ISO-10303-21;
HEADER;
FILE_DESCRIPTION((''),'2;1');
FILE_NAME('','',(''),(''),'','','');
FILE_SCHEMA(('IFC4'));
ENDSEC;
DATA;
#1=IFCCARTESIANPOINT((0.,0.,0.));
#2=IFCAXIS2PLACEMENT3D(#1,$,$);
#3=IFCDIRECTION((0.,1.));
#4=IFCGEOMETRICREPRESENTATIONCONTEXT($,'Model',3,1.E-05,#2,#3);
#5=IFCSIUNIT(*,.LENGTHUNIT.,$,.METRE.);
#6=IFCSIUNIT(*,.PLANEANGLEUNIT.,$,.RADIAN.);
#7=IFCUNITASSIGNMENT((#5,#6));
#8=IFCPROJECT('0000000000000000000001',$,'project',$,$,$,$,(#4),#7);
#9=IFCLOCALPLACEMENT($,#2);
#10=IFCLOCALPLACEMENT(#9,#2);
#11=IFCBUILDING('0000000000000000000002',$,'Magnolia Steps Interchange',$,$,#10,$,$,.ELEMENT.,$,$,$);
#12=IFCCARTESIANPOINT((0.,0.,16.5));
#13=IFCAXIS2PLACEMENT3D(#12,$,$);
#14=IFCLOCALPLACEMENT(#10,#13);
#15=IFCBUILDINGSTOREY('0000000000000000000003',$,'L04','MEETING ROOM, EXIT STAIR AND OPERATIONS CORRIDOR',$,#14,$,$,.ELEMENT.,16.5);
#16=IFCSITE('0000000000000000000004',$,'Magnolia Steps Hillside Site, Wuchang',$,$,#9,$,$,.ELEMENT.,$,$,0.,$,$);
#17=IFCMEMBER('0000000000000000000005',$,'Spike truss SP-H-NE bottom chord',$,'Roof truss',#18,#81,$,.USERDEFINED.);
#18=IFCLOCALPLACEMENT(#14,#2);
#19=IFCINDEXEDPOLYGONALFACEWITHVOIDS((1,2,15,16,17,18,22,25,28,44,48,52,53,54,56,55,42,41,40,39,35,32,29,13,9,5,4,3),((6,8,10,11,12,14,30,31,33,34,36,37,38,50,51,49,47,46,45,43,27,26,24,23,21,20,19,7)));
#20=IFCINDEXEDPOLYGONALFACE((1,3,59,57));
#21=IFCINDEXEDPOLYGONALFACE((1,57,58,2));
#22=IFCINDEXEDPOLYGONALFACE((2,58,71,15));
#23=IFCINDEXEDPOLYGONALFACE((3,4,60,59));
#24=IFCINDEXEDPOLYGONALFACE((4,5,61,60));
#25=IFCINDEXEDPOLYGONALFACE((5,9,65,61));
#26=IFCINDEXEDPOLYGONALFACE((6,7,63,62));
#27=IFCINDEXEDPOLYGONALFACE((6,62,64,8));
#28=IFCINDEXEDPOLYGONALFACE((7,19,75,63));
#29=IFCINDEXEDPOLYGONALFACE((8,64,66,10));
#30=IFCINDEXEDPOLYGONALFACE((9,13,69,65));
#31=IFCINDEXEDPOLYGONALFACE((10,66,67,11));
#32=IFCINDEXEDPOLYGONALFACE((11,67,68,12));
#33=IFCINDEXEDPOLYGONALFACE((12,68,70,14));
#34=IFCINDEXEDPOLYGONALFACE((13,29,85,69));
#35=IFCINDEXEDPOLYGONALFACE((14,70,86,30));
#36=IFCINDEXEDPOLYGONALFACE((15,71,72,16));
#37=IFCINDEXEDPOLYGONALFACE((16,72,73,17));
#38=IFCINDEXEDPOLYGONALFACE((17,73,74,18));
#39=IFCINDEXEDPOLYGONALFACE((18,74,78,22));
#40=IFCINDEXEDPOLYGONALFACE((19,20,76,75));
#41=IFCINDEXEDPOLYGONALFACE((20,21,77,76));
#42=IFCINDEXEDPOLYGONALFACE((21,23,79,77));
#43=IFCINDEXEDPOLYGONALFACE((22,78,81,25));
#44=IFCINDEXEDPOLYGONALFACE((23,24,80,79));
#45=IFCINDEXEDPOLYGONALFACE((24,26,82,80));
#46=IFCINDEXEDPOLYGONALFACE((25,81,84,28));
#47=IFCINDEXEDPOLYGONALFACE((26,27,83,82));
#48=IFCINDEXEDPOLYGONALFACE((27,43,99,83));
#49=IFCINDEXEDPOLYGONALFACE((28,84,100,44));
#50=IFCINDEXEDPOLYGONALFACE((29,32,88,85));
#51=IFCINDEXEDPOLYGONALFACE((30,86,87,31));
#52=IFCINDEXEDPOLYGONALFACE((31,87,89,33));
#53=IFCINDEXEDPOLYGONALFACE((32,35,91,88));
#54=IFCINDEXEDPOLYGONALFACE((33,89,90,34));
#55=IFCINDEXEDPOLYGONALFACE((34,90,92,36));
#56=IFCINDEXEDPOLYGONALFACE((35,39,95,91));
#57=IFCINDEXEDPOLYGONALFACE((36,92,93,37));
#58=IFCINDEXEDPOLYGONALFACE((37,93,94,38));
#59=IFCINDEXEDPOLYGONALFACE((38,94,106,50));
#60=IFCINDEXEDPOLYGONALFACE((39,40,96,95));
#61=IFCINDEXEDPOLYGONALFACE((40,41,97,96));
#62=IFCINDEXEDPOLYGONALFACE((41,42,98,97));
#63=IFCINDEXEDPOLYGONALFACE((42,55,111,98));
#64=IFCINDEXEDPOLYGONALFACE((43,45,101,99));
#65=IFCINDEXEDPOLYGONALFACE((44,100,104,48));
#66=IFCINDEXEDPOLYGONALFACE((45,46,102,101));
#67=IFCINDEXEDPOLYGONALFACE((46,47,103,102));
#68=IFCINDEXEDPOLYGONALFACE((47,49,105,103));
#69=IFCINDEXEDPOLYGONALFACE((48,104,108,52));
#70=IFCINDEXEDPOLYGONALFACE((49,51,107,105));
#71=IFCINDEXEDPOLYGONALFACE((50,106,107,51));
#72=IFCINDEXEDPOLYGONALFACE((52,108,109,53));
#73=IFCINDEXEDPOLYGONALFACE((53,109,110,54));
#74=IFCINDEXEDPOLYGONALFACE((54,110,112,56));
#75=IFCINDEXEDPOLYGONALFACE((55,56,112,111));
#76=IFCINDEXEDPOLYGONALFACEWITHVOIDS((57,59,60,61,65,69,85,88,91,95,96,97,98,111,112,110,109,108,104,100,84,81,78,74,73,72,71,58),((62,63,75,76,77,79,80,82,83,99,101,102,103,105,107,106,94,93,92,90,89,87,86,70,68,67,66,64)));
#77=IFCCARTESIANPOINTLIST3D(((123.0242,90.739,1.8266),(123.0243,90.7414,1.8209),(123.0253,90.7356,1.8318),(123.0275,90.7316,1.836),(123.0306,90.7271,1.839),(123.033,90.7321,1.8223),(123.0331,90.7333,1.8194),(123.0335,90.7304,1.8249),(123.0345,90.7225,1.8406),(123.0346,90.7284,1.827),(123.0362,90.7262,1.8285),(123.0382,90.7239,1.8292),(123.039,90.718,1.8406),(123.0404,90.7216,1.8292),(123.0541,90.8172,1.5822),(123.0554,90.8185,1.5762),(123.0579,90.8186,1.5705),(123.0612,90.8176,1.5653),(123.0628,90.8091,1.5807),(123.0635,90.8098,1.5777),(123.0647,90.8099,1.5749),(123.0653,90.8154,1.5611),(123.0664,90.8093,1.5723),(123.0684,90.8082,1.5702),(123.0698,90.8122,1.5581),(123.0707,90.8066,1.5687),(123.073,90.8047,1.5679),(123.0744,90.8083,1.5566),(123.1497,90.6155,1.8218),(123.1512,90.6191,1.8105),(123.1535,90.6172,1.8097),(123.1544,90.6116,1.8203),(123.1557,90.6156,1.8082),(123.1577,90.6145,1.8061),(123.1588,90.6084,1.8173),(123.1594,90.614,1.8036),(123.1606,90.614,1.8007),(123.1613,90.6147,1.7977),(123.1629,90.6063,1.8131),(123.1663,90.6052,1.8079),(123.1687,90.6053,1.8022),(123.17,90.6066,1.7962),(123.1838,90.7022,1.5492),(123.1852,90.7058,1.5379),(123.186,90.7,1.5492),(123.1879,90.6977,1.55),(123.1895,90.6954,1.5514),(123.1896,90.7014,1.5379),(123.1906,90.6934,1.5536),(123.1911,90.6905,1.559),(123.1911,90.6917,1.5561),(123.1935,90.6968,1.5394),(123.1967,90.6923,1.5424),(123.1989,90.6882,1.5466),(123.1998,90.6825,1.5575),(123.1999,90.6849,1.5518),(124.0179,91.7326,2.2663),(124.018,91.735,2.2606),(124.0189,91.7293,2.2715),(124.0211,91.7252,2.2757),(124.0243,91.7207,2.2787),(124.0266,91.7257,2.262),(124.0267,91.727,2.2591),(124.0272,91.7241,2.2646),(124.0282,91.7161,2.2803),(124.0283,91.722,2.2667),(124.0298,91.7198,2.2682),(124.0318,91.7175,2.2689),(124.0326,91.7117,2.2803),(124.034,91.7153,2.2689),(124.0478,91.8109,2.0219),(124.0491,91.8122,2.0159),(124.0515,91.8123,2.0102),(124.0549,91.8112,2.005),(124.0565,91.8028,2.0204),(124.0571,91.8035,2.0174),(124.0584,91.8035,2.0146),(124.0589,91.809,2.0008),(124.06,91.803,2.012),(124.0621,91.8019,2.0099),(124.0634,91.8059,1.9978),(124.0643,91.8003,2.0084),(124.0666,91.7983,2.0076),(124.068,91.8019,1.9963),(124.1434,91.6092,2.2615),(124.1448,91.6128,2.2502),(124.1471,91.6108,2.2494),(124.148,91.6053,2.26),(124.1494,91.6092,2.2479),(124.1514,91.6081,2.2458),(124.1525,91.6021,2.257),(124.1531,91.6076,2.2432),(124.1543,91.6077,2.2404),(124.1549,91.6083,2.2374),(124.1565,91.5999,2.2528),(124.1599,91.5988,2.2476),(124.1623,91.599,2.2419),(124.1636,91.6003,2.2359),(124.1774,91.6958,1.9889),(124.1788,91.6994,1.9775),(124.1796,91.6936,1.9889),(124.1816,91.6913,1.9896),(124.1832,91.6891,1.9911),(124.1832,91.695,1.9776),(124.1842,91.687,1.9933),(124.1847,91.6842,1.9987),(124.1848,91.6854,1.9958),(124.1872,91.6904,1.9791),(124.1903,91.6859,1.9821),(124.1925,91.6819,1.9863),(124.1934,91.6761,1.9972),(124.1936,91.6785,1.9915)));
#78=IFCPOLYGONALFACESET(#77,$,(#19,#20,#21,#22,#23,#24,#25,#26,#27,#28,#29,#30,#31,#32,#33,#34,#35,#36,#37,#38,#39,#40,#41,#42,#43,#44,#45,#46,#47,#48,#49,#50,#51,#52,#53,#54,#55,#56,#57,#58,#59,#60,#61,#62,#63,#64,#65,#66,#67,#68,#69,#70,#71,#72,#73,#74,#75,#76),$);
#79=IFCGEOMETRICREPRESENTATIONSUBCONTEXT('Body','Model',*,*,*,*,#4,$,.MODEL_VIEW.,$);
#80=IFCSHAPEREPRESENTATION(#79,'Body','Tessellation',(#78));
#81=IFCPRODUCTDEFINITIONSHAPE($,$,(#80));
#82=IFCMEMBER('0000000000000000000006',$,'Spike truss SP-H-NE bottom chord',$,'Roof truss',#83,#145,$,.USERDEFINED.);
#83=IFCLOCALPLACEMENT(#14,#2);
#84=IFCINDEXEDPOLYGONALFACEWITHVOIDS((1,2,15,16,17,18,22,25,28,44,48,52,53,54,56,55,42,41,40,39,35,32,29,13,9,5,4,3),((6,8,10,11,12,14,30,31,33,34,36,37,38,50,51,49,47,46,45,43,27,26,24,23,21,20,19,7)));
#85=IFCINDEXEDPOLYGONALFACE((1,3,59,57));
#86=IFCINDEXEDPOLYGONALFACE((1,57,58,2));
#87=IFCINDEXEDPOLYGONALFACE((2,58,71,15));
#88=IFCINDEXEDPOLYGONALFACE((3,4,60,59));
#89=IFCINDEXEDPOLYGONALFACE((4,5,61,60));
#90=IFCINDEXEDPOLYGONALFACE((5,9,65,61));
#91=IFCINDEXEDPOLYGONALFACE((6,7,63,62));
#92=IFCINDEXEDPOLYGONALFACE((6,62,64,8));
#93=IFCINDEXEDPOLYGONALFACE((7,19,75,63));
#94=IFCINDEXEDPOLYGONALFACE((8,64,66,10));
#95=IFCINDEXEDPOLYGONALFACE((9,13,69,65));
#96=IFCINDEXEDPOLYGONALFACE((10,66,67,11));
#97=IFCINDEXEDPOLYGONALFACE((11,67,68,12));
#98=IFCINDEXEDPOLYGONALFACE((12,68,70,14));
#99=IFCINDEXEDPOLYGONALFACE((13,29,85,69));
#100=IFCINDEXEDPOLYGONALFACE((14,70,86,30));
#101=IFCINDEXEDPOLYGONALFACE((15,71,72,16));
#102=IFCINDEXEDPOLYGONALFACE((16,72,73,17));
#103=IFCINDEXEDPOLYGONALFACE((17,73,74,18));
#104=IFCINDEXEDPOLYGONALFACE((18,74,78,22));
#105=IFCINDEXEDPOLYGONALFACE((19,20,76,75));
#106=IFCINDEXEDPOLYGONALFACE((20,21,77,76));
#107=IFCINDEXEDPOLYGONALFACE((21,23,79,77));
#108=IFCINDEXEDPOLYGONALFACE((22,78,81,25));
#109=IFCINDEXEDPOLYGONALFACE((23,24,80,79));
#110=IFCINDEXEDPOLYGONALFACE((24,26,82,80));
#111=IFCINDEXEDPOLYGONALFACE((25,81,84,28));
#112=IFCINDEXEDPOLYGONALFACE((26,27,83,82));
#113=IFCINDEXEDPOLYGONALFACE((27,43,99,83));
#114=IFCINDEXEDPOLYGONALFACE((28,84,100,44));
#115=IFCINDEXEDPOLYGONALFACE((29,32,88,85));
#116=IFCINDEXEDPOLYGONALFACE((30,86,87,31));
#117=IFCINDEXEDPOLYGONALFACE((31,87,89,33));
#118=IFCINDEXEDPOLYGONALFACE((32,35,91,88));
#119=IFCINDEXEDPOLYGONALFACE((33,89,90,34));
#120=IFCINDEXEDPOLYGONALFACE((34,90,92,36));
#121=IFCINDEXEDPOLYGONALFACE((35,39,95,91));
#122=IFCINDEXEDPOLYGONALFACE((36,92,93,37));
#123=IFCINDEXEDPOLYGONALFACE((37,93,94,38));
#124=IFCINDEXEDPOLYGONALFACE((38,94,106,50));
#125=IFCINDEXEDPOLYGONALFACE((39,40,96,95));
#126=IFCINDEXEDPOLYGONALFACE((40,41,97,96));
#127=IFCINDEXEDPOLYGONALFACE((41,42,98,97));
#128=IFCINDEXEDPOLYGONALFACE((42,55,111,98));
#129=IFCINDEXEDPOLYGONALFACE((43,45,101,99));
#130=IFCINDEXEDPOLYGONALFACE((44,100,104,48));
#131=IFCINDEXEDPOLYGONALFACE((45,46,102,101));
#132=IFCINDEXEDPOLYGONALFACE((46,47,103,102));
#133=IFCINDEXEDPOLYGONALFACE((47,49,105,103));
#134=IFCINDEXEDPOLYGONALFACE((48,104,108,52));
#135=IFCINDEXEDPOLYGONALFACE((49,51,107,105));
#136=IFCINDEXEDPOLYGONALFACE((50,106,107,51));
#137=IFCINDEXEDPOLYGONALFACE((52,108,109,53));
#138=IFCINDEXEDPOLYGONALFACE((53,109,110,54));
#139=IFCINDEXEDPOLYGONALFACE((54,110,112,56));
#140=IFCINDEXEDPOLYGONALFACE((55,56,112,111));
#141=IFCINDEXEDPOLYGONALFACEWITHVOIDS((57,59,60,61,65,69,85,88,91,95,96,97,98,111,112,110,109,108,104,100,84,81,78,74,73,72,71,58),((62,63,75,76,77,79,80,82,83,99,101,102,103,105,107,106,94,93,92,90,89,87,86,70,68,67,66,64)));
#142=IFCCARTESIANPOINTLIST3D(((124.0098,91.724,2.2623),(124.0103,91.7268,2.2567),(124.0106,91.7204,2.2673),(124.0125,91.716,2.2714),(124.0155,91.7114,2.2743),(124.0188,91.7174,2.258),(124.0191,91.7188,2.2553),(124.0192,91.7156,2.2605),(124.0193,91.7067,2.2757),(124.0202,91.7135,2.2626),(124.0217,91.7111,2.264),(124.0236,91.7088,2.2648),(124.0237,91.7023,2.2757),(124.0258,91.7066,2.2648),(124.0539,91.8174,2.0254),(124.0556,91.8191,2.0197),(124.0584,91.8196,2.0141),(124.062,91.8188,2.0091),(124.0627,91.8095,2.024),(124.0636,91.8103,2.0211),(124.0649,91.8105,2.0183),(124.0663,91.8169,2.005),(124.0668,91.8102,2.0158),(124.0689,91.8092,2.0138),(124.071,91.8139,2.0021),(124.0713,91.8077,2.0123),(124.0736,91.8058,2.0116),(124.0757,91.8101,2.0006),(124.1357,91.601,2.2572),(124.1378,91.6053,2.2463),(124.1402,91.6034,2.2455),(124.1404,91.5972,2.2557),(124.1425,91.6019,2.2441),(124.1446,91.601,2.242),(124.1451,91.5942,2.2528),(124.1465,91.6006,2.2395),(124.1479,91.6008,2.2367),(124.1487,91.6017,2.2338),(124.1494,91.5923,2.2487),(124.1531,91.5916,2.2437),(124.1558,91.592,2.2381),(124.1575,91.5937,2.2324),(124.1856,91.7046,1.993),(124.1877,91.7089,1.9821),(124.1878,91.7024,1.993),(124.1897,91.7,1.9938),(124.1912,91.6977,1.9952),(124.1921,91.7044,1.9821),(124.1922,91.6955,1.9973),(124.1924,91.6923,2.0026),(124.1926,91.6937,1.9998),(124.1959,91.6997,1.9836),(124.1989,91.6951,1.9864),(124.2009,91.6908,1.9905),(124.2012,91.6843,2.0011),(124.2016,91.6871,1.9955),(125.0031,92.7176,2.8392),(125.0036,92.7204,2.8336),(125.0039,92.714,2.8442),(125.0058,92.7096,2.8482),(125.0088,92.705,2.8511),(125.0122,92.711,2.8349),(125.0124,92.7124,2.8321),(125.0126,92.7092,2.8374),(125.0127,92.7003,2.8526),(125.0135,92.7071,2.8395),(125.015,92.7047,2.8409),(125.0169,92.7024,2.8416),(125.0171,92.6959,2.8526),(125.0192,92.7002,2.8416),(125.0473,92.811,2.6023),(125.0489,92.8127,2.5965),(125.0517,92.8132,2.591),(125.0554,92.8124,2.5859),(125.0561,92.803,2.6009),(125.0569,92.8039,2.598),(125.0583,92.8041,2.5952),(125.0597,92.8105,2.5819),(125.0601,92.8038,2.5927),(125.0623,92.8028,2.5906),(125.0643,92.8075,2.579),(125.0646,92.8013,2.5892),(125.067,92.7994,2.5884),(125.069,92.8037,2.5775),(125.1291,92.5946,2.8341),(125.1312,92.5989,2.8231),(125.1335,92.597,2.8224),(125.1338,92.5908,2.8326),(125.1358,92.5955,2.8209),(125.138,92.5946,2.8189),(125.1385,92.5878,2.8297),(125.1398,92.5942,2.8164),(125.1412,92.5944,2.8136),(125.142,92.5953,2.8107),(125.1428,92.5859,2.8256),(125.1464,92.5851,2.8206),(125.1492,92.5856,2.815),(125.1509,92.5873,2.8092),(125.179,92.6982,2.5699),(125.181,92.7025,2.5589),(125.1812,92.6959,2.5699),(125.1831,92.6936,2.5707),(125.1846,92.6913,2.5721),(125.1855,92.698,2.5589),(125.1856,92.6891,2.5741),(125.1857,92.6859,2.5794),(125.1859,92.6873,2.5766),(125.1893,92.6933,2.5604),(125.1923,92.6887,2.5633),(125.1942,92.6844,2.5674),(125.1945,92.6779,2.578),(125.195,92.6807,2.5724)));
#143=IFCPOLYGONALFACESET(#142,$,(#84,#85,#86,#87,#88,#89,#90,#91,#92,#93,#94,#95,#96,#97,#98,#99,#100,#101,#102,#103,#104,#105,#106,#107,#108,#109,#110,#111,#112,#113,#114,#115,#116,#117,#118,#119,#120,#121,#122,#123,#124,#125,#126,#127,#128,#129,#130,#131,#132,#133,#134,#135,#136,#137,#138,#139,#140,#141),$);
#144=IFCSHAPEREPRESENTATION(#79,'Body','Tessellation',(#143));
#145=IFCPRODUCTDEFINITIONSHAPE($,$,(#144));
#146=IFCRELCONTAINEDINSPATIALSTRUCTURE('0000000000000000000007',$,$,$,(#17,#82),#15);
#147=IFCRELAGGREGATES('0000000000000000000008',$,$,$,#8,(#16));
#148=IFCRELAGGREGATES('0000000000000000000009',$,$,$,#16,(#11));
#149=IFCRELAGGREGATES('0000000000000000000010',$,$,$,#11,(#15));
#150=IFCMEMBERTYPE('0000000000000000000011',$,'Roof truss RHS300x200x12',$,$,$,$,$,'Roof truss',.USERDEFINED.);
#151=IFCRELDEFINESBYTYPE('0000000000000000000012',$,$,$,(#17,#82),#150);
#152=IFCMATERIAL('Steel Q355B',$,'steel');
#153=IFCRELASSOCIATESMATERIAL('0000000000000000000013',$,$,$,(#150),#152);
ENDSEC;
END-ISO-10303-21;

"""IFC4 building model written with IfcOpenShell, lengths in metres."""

from ifc_helpers import new_model, si_unit, direction, frame, origin, origin_2d, place, context, subcontext, project, spatial, hollow_rectangle, extrude, material, material_profile, profile_set, type_object, element, save


model = new_model("IFC4")

# Units and contexts
model_context = context("Model", 3, precision=1e-05, world=origin(), true_north=direction((0.0, 1.0)))
body_context = subcontext(model_context, "Body", "Model", "MODEL_VIEW")
ifc_project = project(units=[si_unit("LENGTHUNIT", "METRE"), si_unit("PLANEANGLEUNIT", "RADIAN")], contexts=[model_context])

# Site, building, storey
site_placement = place(None, origin())
site = spatial("IfcSite", under=ifc_project, at=site_placement, Name="Magnolia Steps Hillside Site, Wuchang", CompositionType="ELEMENT", RefElevation=0.0)
building_placement = place(site_placement, origin())
building = spatial("IfcBuilding", under=site, at=building_placement, Name="Magnolia Steps Interchange", CompositionType="ELEMENT")
storey_placement = place(building_placement, frame((0.0, 0.0, 16.5)))
storey = spatial("IfcBuildingStorey", under=building, at=storey_placement, Name="L04", Description="MEETING ROOM, EXIT STAIR AND OPERATIONS CORRIDOR", CompositionType="ELEMENT", Elevation=16.5)

# Members
ifc_material_1 = material(Name="Steel Q355B", Category="steel")
ifc_material_profile_1 = material_profile(ifc_material_1, hollow_rectangle(XDim=0.2, YDim=0.3, WallThickness=0.012, InnerFilletRadius=0.012, OuterFilletRadius=0.0239, at=origin_2d()), Name="RHS300x200x12")
ifc_profile_set_1 = profile_set([ifc_material_profile_1], Name="Steel Q355B")
member_type_1 = type_object("IfcMemberType", Name="Roof truss RHS300x200x12", ElementType="Roof truss", PredefinedType="USERDEFINED", material=ifc_profile_set_1)
member_1_placement = place(storey_placement, frame((123.1121, 90.7119, 1.6892), z_axis=(0.674843, 0.674843, 0.298622), x_axis=(-0.728458, 0.673907, 0.123278)))
element("IfcMember", 1, at=member_1_placement, inside=storey, type_object=member_type_1, Name="Spike truss SP-H-NE bottom chord", ObjectType="Roof truss", PredefinedType="USERDEFINED", context=body_context, shape_type="SweptSolid", body=[
    extrude(hollow_rectangle(XDim=0.2, YDim=0.3, WallThickness=0.012, InnerFilletRadius=0.012, OuterFilletRadius=0.0239, at=origin_2d()), origin(), (0.0, 0.0, 1.0), 1.4724),
])
for number, where, z_axis, x_axis, name in (
    (2, (124.1057, 91.7056, 2.1289), (0.654036, 0.654197, 0.37982), (-0.736386, 0.665516, 0.121754), "Spike truss SP-H-NE bottom chord"),
):
    element("IfcMember", number, at=place(storey_placement, frame(where, z_axis=z_axis, x_axis=x_axis)), inside=storey, type_object=member_type_1, Name=name, ObjectType="Roof truss", PredefinedType="USERDEFINED", context=body_context, shape_type="SweptSolid", body=[
        extrude(hollow_rectangle(XDim=0.2, YDim=0.3, WallThickness=0.012, InnerFilletRadius=0.012, OuterFilletRadius=0.0239, at=origin_2d()), origin(), (0.0, 0.0, 1.0), 1.5188),
    ])

save(model, "model.ifc")
